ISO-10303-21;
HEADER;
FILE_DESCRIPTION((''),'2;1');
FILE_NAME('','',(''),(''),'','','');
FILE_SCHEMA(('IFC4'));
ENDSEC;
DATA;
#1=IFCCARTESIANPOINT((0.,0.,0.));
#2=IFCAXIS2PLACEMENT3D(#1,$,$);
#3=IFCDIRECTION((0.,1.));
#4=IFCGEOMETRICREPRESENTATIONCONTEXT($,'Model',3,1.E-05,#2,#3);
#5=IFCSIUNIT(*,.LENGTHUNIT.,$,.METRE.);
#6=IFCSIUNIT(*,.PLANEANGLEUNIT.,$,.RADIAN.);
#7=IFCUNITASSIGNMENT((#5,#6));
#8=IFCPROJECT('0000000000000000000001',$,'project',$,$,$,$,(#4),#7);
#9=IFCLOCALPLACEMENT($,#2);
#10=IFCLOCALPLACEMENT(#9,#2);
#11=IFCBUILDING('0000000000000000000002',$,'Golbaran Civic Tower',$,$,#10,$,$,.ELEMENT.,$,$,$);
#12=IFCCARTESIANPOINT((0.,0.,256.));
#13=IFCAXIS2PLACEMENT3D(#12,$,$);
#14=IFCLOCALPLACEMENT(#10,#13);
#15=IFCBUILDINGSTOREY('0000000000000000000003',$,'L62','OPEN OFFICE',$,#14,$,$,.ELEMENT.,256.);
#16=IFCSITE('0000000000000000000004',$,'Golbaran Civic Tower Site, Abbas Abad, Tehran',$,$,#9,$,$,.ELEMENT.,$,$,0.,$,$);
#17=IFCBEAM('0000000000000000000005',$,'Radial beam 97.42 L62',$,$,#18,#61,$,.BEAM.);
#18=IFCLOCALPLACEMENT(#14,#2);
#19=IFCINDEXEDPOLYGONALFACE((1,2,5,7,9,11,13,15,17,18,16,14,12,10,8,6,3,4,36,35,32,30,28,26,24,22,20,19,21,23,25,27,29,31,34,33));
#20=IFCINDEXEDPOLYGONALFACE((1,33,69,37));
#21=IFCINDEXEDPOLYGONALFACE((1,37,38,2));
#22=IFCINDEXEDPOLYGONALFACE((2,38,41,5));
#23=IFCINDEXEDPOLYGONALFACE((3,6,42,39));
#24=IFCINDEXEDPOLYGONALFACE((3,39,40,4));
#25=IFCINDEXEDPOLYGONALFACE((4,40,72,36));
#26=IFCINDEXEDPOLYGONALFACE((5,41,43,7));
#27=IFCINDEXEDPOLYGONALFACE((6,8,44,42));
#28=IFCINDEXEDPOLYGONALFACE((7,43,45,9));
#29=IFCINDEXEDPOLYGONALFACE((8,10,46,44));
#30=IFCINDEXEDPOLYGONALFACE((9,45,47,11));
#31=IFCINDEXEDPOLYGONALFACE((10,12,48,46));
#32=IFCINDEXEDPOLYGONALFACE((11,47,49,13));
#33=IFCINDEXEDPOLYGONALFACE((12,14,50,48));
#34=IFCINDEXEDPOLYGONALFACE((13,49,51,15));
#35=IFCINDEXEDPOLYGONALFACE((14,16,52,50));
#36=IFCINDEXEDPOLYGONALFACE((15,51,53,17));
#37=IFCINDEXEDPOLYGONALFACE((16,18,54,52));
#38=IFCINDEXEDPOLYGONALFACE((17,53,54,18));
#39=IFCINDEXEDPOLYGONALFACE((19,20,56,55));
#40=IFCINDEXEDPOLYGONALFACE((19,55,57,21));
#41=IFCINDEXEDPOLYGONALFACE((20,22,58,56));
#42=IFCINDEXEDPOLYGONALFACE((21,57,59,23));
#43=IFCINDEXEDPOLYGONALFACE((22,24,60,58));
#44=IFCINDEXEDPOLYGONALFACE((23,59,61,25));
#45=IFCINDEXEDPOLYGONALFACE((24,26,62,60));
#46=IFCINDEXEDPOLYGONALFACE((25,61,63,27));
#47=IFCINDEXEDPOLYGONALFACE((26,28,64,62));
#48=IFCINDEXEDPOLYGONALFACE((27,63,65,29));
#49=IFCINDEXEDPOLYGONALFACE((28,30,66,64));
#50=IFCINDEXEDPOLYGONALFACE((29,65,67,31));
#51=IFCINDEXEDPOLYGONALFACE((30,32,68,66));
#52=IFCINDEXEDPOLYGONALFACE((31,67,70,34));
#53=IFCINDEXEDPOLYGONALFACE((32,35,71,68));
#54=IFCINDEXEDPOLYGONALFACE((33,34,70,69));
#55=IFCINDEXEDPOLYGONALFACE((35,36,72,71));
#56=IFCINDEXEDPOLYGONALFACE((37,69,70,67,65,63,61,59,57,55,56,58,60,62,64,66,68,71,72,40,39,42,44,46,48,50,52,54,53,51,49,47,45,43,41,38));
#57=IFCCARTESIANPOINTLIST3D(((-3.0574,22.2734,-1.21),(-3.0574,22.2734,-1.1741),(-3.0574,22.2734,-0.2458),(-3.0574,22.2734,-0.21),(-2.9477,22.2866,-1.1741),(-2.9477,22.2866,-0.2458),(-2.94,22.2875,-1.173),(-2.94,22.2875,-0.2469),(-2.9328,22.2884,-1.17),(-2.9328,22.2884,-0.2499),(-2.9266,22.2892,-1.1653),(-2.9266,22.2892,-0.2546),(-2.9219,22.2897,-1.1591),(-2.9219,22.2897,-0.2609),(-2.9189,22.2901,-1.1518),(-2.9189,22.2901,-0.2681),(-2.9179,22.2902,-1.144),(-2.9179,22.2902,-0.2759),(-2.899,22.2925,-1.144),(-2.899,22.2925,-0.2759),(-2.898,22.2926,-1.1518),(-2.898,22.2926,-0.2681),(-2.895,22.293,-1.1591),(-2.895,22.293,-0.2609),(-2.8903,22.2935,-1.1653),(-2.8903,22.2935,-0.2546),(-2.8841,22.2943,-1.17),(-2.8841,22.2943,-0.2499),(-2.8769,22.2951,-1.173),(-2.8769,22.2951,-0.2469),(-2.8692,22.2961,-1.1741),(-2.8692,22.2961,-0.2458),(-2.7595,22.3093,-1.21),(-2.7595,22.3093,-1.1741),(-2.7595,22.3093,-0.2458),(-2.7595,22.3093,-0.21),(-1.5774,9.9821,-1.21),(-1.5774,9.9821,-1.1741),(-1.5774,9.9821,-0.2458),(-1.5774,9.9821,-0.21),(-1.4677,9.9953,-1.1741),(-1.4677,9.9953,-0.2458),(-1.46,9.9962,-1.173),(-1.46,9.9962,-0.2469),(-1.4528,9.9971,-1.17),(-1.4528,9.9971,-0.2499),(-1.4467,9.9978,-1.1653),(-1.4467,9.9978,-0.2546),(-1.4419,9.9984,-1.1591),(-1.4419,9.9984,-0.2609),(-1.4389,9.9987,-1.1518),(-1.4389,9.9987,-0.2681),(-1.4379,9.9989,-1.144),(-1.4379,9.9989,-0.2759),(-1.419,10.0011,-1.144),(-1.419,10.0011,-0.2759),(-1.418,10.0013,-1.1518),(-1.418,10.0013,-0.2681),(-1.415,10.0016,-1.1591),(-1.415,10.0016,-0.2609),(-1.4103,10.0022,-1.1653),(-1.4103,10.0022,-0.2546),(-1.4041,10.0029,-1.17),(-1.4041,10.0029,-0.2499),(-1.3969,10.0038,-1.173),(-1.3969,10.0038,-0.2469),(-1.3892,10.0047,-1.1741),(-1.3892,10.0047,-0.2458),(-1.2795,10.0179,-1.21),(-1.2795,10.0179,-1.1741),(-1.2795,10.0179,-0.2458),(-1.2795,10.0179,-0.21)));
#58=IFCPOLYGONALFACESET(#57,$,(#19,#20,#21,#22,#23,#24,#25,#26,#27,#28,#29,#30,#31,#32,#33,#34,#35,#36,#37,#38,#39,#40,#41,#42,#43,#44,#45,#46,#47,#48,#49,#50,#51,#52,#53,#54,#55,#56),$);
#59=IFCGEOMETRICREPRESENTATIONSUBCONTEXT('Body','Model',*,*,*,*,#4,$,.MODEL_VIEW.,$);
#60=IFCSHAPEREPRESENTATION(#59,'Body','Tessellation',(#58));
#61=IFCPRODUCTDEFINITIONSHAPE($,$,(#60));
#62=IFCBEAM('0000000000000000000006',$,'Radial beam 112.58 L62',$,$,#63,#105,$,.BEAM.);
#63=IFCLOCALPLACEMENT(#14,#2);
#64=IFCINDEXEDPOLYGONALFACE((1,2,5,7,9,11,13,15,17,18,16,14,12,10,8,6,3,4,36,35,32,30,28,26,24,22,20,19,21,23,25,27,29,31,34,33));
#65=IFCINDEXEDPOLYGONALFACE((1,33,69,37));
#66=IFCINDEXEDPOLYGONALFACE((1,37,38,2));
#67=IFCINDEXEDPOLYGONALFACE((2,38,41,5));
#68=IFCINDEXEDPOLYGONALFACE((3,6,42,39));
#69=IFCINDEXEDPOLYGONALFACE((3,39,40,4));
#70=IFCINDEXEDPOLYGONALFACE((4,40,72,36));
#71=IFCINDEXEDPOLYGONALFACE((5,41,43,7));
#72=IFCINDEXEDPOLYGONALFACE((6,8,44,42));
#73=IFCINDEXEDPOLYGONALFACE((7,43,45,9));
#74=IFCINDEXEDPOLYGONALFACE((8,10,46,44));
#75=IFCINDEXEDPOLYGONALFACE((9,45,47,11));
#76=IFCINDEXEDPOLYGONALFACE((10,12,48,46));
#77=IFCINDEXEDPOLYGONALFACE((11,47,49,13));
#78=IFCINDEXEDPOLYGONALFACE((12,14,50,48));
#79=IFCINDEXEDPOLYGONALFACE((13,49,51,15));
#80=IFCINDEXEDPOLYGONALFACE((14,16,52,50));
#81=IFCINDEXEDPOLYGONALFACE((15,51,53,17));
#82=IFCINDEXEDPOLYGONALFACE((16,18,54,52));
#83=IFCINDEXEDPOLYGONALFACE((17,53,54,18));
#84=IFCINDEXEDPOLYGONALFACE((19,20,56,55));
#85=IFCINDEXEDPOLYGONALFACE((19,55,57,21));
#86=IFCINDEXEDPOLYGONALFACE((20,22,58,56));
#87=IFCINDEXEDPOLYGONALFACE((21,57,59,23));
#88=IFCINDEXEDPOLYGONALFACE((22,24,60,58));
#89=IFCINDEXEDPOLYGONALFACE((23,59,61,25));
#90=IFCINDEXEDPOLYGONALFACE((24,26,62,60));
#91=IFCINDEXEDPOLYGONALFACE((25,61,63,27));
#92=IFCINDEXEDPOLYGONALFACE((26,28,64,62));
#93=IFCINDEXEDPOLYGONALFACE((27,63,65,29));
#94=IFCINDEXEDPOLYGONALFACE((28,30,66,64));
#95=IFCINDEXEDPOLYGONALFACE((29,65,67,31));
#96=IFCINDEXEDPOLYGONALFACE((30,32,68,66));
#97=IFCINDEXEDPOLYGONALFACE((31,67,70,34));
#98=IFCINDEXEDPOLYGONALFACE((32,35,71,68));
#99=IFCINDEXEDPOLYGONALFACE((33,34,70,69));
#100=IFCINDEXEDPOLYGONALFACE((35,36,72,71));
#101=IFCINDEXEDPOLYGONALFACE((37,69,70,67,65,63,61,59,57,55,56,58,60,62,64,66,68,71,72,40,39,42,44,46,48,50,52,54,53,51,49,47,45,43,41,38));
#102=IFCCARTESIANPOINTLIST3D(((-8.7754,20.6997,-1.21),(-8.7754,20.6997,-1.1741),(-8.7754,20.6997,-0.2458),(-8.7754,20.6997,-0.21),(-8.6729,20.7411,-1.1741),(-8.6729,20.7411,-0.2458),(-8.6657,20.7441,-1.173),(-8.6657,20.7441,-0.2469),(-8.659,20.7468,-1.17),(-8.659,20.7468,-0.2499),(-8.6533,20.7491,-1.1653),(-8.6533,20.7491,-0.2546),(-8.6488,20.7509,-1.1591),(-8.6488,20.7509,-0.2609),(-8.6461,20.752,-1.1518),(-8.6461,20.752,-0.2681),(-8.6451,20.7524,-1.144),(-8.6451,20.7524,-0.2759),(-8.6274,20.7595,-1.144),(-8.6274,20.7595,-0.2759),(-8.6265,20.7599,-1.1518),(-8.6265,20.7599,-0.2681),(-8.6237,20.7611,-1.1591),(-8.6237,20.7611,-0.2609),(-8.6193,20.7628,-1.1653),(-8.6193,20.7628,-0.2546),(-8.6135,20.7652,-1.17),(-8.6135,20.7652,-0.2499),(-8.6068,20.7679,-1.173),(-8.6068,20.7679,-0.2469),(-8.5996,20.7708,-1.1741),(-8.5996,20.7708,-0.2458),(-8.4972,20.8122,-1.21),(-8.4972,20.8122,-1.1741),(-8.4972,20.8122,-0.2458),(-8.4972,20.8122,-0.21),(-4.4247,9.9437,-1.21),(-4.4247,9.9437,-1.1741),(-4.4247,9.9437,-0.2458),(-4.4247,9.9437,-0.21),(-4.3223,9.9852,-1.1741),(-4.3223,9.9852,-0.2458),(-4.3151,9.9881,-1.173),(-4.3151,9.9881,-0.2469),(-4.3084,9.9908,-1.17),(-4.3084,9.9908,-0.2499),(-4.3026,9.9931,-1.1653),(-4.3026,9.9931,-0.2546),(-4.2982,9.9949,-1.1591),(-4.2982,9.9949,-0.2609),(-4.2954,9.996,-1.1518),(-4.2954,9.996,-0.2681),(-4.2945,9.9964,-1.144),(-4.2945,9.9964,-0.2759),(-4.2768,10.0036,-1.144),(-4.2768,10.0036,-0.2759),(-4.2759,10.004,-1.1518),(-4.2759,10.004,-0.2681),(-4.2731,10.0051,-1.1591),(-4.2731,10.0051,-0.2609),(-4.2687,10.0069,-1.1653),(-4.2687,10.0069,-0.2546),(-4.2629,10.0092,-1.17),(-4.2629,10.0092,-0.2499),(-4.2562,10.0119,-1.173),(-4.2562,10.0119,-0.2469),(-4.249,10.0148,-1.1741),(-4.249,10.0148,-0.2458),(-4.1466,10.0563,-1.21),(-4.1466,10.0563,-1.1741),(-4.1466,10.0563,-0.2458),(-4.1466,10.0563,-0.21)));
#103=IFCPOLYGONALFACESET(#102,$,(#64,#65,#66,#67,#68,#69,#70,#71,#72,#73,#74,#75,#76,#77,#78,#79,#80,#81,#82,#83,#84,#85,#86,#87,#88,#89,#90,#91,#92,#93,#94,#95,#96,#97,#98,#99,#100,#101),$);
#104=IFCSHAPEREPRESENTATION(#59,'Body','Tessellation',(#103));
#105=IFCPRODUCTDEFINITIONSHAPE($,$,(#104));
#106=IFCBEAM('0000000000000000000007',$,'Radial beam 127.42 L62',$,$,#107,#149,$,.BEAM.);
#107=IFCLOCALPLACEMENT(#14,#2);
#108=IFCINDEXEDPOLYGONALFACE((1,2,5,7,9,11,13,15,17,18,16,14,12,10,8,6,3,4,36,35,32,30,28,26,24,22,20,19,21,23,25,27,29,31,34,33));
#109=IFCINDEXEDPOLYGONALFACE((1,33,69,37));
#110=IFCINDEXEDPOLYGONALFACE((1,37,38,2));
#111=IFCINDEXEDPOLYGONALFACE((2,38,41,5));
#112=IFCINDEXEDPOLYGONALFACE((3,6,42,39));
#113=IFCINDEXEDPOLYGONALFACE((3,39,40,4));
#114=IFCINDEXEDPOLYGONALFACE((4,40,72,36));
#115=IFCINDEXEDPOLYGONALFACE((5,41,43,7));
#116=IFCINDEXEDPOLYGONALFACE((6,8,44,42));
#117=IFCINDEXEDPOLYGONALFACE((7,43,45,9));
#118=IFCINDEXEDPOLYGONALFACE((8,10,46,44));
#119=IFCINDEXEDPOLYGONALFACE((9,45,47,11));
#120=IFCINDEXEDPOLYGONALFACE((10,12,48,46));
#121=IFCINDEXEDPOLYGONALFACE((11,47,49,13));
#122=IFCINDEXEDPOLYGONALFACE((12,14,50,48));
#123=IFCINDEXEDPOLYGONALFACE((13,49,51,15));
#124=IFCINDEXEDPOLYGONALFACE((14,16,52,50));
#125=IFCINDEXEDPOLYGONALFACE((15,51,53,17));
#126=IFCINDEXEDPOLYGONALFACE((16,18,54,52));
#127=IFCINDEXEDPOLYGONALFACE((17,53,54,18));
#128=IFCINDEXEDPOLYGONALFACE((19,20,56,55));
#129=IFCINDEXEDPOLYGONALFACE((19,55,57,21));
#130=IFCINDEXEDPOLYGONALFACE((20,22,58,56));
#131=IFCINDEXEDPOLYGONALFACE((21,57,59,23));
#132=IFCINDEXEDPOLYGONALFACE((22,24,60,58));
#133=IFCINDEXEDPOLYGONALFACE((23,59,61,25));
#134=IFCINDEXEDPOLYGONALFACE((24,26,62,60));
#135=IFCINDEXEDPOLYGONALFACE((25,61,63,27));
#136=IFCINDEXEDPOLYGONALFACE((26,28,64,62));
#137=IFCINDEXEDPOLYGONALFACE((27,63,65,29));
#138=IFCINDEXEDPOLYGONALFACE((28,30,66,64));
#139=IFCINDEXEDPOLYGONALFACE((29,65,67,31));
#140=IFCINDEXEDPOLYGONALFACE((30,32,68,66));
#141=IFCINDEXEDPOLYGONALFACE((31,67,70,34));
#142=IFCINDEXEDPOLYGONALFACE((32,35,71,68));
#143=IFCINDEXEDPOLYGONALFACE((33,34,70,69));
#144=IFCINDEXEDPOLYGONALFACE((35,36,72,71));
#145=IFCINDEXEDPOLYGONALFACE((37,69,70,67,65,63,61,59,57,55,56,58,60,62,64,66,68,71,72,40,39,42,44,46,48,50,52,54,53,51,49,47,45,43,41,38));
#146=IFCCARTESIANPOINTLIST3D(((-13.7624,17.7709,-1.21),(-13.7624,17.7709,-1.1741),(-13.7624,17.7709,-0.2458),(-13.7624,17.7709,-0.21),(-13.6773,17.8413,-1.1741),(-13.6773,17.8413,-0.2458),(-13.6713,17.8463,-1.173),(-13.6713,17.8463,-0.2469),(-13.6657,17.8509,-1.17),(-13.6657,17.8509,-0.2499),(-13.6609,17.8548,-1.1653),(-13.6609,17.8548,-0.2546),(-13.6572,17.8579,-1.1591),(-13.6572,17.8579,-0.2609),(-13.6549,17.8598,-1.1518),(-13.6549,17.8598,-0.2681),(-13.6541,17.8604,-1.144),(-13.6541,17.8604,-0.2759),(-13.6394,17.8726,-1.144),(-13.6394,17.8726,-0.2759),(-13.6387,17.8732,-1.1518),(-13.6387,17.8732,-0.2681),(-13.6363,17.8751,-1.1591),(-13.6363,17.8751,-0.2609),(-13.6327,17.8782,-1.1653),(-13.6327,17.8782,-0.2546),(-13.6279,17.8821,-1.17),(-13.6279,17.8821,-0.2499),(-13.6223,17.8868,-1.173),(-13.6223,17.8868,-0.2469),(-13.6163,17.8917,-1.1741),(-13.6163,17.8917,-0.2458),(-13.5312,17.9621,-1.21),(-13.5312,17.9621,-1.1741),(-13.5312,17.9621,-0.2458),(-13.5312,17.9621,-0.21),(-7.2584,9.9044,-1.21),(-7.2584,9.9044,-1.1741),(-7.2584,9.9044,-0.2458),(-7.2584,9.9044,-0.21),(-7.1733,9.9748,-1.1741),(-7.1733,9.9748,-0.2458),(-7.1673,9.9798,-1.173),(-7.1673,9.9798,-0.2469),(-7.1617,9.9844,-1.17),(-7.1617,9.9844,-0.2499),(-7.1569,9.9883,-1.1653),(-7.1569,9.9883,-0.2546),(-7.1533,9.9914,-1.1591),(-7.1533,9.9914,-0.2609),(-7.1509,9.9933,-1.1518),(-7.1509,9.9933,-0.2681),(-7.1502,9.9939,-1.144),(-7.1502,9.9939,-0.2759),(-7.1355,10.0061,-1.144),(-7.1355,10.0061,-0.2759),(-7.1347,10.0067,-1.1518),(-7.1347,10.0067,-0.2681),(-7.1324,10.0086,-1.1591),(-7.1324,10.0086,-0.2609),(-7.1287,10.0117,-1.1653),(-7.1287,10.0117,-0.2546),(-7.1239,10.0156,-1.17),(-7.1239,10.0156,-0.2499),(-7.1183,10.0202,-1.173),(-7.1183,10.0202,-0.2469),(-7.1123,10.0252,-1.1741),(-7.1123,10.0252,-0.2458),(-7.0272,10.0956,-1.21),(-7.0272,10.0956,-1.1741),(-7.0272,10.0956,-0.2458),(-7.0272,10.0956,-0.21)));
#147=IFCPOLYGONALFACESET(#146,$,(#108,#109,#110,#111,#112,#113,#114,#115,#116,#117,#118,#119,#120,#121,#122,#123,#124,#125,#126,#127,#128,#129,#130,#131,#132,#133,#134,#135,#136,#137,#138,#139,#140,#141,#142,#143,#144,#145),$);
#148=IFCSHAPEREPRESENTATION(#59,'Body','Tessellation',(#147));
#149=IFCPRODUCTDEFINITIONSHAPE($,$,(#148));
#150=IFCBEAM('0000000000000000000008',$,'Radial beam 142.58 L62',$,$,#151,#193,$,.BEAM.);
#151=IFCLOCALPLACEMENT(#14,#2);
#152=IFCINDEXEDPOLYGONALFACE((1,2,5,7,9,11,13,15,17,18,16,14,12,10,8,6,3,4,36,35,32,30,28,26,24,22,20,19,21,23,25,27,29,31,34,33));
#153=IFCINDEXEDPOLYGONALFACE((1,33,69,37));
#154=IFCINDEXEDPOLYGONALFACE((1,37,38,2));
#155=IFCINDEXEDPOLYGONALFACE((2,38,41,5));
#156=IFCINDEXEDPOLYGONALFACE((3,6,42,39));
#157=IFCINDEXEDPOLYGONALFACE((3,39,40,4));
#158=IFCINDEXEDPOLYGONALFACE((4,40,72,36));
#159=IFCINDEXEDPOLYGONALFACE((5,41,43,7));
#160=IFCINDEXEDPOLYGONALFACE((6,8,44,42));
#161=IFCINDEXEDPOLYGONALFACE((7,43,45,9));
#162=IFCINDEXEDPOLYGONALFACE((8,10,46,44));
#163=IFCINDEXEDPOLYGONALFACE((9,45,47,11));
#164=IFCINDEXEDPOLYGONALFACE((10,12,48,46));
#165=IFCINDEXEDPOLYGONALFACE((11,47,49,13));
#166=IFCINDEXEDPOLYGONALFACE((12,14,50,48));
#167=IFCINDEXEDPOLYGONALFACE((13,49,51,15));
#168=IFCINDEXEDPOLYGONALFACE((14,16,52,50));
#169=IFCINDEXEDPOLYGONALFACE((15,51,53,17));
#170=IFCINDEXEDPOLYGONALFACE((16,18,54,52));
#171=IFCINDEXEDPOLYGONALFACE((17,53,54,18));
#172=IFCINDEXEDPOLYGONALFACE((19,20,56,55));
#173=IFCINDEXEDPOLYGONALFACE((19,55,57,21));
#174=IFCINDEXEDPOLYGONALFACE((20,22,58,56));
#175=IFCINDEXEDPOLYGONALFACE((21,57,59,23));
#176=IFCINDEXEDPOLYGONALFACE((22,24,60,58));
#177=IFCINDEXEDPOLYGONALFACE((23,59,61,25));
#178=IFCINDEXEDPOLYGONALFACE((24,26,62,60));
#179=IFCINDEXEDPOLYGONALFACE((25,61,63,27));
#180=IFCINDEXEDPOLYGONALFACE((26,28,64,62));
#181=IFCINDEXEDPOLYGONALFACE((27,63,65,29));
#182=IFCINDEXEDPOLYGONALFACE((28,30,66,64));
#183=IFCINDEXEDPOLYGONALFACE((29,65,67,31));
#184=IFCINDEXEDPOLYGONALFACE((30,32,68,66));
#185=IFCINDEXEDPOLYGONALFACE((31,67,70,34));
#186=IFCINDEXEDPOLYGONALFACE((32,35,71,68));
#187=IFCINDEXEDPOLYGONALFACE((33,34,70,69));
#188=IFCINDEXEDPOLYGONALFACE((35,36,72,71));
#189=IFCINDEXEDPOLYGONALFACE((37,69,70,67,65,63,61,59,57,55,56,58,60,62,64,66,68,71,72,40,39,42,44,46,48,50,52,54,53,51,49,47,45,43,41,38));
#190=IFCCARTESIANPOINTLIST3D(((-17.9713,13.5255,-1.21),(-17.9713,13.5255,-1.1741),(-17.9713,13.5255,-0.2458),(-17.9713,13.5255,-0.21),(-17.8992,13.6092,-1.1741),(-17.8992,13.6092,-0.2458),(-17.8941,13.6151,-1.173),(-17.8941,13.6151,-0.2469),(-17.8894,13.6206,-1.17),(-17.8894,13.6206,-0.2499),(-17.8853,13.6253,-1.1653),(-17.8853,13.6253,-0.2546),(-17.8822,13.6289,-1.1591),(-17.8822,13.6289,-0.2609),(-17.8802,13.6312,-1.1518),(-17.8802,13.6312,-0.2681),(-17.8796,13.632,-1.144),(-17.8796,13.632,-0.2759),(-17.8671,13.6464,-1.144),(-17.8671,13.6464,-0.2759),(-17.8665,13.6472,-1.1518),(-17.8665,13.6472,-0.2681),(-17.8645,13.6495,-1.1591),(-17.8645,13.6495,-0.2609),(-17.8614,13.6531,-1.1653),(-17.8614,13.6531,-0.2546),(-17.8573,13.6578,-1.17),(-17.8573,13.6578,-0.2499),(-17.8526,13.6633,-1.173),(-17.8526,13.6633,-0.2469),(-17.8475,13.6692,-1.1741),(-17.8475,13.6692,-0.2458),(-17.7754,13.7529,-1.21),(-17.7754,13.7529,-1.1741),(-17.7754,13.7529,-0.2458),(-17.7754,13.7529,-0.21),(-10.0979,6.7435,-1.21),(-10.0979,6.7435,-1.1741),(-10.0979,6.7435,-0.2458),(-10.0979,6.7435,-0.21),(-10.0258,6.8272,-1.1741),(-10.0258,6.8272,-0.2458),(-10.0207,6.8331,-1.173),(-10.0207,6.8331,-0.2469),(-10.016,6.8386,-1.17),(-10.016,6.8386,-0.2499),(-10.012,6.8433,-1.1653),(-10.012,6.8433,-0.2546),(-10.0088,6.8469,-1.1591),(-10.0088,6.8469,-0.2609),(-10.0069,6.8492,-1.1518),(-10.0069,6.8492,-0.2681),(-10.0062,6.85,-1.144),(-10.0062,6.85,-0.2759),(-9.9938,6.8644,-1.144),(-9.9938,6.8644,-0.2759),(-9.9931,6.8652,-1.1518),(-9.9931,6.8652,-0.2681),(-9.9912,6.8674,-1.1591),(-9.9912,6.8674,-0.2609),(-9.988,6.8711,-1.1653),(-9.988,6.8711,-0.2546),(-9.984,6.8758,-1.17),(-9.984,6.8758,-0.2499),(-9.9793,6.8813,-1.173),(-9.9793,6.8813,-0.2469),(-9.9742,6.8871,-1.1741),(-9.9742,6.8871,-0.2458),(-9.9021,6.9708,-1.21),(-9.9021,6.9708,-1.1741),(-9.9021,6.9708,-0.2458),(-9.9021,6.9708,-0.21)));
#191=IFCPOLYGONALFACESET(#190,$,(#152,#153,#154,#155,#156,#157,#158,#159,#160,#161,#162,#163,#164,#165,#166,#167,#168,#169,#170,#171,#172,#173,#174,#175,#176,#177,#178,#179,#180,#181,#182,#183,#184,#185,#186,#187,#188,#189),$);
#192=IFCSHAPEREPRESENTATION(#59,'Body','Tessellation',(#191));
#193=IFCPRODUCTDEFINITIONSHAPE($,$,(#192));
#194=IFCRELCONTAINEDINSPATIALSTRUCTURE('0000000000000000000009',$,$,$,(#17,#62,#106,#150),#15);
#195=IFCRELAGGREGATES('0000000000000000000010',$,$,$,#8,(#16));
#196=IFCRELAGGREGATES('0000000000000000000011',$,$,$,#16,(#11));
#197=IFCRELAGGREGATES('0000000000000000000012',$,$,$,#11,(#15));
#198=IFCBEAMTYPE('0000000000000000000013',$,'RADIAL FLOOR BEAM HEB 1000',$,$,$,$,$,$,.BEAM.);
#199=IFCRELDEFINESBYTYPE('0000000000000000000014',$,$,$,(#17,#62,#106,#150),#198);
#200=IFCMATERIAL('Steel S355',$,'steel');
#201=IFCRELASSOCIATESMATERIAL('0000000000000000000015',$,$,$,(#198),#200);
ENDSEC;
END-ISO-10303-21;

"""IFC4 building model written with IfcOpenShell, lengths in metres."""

from ifc_helpers import new_model, si_unit, direction, frame, origin, origin_2d, place, context, subcontext, project, spatial, i_section, extrude, material, material_profile, profile_set, type_object, element, save


model = new_model("IFC4")

# Units and contexts
model_context = context("Model", 3, precision=1e-05, world=origin(), true_north=direction((0.0, 1.0)))
body_context = subcontext(model_context, "Body", "Model", "MODEL_VIEW")
ifc_project = project(units=[si_unit("LENGTHUNIT", "METRE"), si_unit("PLANEANGLEUNIT", "RADIAN")], contexts=[model_context])

# Site, building, storey
site_placement = place(None, origin())
site = spatial("IfcSite", under=ifc_project, at=site_placement, Name="Golbaran Civic Tower Site, Abbas Abad, Tehran", CompositionType="ELEMENT", RefElevation=0.0)
building_placement = place(site_placement, origin())
building = spatial("IfcBuilding", under=site, at=building_placement, Name="Golbaran Civic Tower", CompositionType="ELEMENT")
storey_placement = place(building_placement, frame((0.0, 0.0, 256.0)))
storey = spatial("IfcBuildingStorey", under=building, at=storey_placement, Name="L62", Description="OPEN OFFICE", CompositionType="ELEMENT", Elevation=256.0)

# Beams
ifc_material_1 = material(Name="Steel S355", Category="steel")
ifc_material_profile = material_profile(ifc_material_1, i_section(OverallWidth=0.3, OverallDepth=1.0, WebThickness=0.019, FlangeThickness=0.0359, FilletRadius=0.03, at=origin_2d()), Name="HEB 1000")
ifc_profile_set = profile_set([ifc_material_profile], Name="Steel S355")
beam_type = type_object("IfcBeamType", Name="RADIAL FLOOR BEAM HEB 1000", PredefinedType="BEAM", material=ifc_profile_set)
beam_1_placement = place(storey_placement, frame((-1.4285, 10.0, -0.71), z_axis=(-0.119546, 0.992829, 0.0), x_axis=(-0.992829, -0.119546, 0.0)))
element("IfcBeam", 1, at=beam_1_placement, inside=storey, type_object=beam_type, Name="Radial beam 97.42 L62", PredefinedType="BEAM", context=body_context, shape_type="SweptSolid", body=[
    extrude(i_section(OverallWidth=0.3, OverallDepth=1.0, WebThickness=0.019, FlangeThickness=0.0359, FilletRadius=0.03, at=origin_2d()), origin(), (0.0, 0.0, 1.0), 12.3801),
])
beam_2_placement = place(storey_placement, frame((-4.2856, 10.0, -0.71), z_axis=(-0.374972, 0.927036, 0.0), x_axis=(-0.927036, -0.374972, 0.0)))
element("IfcBeam", 2, at=beam_2_placement, inside=storey, type_object=beam_type, Name="Radial beam 112.58 L62", PredefinedType="BEAM", context=body_context, shape_type="SweptSolid", body=[
    extrude(i_section(OverallWidth=0.3, OverallDepth=1.0, WebThickness=0.019, FlangeThickness=0.0359, FilletRadius=0.03, at=origin_2d()), origin(), (0.0, 0.0, 1.0), 11.6025),
])
beam_3_placement = place(storey_placement, frame((-7.1428, 10.0, -0.71), z_axis=(-0.637203, 0.770696, 0.0), x_axis=(-0.770696, -0.637203, 0.0)))
element("IfcBeam", 3, at=beam_3_placement, inside=storey, type_object=beam_type, Name="Radial beam 127.42 L62", PredefinedType="BEAM", context=body_context, shape_type="SweptSolid", body=[
    extrude(i_section(OverallWidth=0.3, OverallDepth=1.0, WebThickness=0.019, FlangeThickness=0.0359, FilletRadius=0.03, at=origin_2d()), origin(), (0.0, 0.0, 1.0), 10.207),
])
beam_4_placement = place(storey_placement, frame((-10.0, 6.8572, -0.71), z_axis=(-0.757664, 0.652645, 0.0), x_axis=(-0.652645, -0.757664, 0.0)))
element("IfcBeam", 4, at=beam_4_placement, inside=storey, type_object=beam_type, Name="Radial beam 142.58 L62", PredefinedType="BEAM", context=body_context, shape_type="SweptSolid", body=[
    extrude(i_section(OverallWidth=0.3, OverallDepth=1.0, WebThickness=0.019, FlangeThickness=0.0359, FilletRadius=0.03, at=origin_2d()), origin(), (0.0, 0.0, 1.0), 10.3916),
])

save(model, "model.ifc")
